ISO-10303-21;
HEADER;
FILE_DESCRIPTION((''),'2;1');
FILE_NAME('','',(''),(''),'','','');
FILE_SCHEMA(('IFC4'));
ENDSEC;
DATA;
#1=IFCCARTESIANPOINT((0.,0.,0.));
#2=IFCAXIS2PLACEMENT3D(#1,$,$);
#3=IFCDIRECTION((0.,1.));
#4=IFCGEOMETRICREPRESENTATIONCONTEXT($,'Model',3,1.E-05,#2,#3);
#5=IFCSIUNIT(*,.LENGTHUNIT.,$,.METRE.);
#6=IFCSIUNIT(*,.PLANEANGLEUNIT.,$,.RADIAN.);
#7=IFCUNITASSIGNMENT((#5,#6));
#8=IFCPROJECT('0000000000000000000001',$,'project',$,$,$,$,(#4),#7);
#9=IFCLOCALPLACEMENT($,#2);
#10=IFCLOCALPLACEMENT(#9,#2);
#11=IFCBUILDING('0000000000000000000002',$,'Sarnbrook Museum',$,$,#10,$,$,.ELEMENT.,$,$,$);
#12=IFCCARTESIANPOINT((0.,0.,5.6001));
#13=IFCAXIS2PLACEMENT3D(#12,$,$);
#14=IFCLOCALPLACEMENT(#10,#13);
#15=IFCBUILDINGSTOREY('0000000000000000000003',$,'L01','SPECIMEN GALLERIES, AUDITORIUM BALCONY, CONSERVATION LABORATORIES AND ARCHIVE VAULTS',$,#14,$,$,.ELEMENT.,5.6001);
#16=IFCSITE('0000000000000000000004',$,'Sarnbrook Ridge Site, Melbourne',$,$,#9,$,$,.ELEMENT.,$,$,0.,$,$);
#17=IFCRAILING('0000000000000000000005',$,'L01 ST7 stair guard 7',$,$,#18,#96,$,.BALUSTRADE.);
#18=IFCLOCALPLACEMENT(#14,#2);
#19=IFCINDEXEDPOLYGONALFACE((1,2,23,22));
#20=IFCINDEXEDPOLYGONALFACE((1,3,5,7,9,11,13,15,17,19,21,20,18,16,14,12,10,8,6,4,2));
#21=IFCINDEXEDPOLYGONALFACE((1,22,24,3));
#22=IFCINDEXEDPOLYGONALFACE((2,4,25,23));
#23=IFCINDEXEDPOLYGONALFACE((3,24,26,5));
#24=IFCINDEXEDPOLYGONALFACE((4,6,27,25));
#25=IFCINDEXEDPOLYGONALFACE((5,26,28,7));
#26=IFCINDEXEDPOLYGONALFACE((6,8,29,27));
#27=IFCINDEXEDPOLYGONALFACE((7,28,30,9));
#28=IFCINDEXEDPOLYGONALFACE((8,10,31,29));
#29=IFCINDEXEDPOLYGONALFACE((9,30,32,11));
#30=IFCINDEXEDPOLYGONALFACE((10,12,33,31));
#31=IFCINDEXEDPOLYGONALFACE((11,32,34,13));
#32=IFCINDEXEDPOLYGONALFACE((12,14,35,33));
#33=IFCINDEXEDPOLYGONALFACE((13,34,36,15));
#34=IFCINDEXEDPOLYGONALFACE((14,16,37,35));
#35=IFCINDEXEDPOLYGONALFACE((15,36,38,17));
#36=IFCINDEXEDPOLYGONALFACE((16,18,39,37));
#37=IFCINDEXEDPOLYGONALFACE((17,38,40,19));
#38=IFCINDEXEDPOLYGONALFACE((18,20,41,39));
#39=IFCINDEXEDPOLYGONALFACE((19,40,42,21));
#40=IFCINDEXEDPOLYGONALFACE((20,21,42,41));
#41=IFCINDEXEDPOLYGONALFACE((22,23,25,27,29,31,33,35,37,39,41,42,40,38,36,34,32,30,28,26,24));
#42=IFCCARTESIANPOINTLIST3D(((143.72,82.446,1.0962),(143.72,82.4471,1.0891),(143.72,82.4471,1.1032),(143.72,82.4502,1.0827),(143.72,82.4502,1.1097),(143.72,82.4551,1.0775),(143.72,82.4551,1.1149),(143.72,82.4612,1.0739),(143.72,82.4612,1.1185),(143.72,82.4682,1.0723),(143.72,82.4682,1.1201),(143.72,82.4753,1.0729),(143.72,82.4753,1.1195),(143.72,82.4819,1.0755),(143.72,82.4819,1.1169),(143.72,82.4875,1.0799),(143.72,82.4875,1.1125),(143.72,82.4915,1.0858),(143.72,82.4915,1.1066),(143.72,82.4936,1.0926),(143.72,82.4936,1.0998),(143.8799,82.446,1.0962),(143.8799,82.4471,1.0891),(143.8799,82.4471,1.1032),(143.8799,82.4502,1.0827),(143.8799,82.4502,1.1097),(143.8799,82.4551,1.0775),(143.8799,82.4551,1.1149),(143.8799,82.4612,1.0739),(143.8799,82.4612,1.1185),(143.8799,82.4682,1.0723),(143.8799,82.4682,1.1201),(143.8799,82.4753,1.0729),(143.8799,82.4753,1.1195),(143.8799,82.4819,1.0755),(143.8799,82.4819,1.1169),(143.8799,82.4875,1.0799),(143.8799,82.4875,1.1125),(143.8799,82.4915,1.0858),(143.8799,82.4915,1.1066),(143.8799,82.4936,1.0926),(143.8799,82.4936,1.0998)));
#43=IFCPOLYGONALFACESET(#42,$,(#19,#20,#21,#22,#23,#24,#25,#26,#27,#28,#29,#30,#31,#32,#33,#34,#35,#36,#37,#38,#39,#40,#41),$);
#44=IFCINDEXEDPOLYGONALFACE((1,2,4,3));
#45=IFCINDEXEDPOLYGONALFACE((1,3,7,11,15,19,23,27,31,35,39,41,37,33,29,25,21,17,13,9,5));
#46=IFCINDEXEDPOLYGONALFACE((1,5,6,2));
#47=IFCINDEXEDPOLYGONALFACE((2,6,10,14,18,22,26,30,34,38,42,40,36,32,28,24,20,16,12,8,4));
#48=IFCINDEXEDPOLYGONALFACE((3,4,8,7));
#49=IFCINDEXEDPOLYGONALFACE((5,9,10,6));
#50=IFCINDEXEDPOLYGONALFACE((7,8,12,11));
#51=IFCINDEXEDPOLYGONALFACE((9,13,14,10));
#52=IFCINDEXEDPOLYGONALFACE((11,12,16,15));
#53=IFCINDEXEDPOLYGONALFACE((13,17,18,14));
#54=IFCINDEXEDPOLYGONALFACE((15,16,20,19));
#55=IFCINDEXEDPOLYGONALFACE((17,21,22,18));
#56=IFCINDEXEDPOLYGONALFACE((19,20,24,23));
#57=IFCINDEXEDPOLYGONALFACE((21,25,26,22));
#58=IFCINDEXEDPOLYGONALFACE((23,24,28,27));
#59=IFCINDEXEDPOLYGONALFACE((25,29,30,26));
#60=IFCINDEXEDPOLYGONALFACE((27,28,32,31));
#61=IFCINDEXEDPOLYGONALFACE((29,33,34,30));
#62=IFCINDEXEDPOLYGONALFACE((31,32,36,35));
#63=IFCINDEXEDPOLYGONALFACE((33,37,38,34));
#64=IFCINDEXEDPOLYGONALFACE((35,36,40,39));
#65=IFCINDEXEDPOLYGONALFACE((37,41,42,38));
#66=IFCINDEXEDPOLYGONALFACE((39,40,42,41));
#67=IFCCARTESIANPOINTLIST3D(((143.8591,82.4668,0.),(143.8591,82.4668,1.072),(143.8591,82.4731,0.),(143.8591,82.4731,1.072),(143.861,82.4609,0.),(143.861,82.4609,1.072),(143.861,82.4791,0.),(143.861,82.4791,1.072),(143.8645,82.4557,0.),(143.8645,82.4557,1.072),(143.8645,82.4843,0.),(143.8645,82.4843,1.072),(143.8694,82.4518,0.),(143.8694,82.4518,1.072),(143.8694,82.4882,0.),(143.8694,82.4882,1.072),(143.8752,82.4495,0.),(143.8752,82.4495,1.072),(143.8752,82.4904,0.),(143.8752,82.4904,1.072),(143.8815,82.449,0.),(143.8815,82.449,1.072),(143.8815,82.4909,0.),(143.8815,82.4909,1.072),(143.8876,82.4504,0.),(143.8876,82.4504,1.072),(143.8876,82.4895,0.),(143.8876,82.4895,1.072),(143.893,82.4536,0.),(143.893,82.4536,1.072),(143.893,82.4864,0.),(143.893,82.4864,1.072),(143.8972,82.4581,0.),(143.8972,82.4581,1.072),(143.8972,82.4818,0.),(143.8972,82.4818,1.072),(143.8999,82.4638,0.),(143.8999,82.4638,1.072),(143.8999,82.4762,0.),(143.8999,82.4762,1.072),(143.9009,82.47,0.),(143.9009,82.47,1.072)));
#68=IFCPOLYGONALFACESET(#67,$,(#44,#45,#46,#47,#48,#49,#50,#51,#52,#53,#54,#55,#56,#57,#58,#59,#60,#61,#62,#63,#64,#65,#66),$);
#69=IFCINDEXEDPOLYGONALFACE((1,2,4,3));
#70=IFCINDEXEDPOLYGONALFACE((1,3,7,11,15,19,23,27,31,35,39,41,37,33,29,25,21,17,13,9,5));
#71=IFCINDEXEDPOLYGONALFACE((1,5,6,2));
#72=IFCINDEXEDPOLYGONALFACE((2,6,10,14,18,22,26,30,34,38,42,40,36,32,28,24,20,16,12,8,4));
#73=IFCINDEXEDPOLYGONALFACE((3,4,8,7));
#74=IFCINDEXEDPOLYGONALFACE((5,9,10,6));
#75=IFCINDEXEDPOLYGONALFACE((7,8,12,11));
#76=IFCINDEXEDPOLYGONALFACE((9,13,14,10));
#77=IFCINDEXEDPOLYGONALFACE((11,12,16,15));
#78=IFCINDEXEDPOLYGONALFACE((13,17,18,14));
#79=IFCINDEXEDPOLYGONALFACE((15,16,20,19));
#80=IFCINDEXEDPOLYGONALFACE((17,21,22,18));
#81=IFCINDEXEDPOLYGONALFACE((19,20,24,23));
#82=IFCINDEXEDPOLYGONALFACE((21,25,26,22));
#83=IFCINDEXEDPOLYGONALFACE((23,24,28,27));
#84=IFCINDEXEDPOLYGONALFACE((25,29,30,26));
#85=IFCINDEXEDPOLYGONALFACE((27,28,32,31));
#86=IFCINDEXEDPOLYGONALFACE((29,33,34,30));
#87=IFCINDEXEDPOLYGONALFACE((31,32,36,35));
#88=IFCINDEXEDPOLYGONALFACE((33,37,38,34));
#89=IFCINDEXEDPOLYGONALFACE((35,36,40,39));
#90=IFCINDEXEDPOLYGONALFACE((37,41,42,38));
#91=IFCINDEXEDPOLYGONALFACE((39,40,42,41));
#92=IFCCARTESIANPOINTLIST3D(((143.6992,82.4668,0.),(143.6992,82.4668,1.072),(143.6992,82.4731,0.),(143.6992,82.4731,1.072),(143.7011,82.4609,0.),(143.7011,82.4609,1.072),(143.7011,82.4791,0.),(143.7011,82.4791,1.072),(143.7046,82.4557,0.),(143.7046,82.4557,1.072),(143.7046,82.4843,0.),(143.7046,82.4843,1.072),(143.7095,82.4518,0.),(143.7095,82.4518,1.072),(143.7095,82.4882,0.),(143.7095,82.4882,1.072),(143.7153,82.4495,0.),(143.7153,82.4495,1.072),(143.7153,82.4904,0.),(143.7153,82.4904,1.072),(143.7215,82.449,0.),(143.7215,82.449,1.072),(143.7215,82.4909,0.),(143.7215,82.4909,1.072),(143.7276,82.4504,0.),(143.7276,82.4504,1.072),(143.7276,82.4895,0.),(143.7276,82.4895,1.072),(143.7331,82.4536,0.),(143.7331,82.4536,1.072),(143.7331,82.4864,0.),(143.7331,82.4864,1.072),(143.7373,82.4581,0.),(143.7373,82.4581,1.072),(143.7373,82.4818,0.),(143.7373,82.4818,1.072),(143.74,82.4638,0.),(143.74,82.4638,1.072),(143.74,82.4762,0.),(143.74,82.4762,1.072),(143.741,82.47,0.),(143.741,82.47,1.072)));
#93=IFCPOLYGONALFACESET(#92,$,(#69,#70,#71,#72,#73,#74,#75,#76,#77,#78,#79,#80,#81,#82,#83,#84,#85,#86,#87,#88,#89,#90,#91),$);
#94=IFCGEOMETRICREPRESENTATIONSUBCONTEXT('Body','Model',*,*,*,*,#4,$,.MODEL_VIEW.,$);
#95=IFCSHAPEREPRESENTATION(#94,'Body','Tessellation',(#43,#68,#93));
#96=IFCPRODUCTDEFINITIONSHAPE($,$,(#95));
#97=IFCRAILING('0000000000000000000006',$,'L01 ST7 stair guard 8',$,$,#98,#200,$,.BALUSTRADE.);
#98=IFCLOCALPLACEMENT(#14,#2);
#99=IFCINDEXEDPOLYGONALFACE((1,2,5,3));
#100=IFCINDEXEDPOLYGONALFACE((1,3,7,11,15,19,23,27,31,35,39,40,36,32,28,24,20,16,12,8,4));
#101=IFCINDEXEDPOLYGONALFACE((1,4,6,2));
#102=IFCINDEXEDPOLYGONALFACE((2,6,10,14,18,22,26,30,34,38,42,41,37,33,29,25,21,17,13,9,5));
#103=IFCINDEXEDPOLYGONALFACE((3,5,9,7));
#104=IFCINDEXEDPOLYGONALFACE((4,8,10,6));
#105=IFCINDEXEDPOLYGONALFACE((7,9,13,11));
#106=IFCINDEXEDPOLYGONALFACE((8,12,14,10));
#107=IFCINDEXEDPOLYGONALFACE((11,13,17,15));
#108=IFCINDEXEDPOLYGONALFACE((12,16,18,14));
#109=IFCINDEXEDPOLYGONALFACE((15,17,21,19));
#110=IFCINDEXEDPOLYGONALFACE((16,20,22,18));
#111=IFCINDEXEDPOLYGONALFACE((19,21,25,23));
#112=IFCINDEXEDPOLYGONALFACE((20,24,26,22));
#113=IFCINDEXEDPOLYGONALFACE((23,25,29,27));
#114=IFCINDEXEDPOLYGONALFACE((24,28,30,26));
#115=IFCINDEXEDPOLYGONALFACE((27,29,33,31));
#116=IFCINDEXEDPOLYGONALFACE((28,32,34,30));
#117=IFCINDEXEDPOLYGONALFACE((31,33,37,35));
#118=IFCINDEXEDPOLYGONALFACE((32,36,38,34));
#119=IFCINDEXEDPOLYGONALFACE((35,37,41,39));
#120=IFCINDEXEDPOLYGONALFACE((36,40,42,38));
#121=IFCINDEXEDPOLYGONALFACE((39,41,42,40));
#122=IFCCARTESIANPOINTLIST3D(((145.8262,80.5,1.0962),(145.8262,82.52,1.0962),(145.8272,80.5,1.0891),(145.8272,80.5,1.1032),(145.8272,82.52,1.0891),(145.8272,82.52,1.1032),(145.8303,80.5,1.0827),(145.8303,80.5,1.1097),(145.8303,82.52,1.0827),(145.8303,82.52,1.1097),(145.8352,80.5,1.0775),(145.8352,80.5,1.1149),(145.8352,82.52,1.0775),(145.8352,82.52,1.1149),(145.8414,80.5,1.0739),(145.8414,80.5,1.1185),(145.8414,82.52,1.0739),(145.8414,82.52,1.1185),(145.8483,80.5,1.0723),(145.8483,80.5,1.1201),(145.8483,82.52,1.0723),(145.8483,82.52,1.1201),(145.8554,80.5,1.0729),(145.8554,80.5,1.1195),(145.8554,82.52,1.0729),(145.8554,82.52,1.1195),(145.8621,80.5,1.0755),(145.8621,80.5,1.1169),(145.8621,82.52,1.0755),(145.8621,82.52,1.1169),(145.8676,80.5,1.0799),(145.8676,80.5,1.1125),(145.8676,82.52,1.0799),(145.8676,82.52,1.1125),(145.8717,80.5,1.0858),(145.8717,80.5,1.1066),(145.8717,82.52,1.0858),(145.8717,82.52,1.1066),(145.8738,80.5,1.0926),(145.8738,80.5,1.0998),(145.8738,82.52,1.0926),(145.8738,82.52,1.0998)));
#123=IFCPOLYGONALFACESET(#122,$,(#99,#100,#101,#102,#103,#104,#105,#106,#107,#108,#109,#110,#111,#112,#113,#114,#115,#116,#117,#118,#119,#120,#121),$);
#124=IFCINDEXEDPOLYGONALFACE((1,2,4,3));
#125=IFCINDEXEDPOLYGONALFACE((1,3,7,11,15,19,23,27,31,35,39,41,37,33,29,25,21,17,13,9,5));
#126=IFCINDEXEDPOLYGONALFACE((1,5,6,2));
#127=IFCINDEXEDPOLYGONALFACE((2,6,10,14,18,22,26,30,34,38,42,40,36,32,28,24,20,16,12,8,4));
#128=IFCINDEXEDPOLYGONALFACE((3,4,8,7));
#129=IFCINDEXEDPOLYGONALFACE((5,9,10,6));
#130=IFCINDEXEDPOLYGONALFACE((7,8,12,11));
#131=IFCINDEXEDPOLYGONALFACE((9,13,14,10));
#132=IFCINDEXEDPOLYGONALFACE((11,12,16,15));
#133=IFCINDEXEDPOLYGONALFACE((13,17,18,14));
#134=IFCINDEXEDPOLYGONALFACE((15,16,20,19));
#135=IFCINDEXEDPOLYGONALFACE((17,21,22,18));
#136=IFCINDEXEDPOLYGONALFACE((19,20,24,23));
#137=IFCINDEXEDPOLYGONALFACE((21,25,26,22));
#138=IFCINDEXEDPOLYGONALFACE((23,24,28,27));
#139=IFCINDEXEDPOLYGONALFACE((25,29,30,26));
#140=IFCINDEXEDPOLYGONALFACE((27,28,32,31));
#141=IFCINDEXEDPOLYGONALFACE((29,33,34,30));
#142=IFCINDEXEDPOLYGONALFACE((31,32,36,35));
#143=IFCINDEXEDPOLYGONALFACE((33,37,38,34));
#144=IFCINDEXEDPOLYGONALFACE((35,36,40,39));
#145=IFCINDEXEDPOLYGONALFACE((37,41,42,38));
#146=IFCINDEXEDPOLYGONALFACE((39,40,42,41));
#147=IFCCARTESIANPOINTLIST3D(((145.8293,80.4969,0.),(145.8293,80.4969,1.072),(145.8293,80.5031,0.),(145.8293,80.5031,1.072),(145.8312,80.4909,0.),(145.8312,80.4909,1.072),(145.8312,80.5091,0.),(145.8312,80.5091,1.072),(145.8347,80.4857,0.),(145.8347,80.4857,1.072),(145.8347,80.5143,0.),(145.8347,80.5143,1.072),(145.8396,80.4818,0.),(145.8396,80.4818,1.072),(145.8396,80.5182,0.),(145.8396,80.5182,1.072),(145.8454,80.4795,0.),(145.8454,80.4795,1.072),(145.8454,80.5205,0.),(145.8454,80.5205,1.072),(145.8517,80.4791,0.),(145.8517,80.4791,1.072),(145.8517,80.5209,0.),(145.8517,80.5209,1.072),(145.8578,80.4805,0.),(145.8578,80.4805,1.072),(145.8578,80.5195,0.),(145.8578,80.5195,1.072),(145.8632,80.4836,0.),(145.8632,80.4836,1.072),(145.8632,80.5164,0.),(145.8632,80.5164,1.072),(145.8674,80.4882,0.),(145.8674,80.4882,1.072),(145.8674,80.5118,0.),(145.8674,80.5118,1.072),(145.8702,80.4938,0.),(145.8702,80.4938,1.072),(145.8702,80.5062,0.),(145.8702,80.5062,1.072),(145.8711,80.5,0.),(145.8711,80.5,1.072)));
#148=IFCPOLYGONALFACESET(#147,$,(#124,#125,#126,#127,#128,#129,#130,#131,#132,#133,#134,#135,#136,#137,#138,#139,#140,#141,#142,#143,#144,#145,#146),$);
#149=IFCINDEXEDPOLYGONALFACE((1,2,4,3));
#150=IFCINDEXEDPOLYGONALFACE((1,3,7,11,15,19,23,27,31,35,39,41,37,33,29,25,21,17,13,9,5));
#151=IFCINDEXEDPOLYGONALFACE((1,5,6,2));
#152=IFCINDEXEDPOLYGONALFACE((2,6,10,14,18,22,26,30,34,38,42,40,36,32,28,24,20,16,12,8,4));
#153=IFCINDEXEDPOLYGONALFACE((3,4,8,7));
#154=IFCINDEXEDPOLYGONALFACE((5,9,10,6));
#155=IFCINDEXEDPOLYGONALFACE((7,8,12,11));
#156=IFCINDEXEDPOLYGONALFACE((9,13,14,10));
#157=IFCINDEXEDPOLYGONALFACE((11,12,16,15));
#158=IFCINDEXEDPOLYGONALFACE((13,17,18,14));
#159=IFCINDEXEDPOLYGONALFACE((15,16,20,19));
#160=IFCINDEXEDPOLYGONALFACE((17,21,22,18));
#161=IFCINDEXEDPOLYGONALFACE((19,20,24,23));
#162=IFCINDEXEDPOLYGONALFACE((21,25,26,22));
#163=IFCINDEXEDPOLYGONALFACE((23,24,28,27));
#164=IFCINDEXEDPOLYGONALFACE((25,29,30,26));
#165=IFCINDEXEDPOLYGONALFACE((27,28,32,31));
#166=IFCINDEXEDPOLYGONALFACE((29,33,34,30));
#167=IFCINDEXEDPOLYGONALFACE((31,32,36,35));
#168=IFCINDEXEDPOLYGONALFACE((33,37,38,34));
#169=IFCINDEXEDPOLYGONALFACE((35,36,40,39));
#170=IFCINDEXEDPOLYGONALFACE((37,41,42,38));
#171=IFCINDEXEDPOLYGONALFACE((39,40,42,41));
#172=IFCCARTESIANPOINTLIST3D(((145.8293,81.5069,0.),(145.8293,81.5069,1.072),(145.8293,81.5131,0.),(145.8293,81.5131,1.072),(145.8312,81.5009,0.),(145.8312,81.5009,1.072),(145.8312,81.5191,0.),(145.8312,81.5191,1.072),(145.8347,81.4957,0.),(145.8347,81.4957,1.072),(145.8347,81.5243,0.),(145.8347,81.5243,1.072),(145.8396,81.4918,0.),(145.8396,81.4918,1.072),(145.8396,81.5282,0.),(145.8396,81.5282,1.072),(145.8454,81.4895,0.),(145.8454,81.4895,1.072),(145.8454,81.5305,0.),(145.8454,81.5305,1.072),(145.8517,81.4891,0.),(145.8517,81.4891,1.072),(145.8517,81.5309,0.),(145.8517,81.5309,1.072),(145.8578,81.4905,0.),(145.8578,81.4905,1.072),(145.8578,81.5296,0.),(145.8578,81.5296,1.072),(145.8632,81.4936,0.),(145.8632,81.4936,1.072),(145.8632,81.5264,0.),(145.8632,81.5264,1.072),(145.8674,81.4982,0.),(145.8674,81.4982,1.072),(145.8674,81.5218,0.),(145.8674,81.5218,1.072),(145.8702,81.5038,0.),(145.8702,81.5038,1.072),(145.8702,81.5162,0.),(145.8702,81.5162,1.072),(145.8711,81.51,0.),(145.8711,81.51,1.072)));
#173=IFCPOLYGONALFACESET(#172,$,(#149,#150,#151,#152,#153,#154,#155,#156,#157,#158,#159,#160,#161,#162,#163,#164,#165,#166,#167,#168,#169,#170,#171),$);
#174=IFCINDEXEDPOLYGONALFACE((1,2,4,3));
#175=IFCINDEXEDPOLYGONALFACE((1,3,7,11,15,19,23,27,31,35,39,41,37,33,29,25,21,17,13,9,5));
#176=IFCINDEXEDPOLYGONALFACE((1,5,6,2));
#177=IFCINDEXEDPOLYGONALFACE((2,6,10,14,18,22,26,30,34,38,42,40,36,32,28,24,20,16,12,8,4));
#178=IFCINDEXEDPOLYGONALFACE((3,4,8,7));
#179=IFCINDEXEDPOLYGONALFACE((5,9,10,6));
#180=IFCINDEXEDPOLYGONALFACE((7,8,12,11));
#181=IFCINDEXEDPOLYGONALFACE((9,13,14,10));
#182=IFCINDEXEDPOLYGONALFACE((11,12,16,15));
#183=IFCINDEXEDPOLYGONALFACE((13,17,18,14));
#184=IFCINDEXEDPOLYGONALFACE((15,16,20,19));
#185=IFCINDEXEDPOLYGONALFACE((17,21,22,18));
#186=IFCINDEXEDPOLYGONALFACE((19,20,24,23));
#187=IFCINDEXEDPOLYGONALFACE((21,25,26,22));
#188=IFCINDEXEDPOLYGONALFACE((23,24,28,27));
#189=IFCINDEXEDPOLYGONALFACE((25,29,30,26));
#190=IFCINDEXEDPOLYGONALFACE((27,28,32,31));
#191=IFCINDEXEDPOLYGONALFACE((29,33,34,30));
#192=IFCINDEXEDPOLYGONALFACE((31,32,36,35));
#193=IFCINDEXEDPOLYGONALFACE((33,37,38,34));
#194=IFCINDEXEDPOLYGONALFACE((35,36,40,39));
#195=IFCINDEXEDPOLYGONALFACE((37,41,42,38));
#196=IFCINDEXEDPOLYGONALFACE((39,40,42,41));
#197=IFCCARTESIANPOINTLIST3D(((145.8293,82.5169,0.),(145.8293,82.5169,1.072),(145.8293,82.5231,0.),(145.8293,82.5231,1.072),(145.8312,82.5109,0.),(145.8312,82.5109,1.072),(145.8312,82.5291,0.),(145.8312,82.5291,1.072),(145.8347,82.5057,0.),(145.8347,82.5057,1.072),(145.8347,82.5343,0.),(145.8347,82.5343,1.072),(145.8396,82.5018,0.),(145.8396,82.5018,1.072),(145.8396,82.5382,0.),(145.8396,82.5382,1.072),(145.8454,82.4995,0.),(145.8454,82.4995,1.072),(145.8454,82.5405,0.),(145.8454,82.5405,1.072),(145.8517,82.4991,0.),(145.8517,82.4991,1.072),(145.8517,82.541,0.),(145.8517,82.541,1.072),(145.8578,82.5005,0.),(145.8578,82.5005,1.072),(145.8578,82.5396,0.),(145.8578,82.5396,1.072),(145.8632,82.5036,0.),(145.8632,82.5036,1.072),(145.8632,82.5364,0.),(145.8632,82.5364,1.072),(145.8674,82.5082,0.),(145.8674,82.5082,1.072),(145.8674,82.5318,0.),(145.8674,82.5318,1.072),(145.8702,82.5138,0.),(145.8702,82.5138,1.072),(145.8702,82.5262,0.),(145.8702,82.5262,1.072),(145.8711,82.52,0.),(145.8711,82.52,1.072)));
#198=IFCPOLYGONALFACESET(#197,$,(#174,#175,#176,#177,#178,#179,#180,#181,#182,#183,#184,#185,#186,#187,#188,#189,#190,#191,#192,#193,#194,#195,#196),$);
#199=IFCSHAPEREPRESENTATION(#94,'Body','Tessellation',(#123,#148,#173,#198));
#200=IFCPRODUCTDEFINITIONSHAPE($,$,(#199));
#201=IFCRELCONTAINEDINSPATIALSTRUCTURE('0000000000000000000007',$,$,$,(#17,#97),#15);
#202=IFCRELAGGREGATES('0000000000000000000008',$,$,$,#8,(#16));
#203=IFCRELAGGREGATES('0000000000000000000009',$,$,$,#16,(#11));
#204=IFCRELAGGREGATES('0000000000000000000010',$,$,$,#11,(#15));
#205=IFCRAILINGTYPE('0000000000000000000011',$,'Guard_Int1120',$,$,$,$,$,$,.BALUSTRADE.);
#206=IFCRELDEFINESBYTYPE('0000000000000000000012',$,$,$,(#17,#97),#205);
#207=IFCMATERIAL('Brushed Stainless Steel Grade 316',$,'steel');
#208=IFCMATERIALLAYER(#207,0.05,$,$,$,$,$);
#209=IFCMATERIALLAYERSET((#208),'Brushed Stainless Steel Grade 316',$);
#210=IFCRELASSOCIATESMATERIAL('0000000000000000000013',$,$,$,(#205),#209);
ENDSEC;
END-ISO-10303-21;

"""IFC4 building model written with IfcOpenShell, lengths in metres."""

from ifc_helpers import new_model, si_unit, direction, frame, origin, origin_2d, place, context, subcontext, project, spatial, circle, extrude, material, layer, layer_set, type_object, element, save


model = new_model("IFC4")

# Units and contexts
model_context = context("Model", 3, precision=1e-05, world=origin(), true_north=direction((0.0, 1.0)))
body_context = subcontext(model_context, "Body", "Model", "MODEL_VIEW")
ifc_project = project(units=[si_unit("LENGTHUNIT", "METRE"), si_unit("PLANEANGLEUNIT", "RADIAN")], contexts=[model_context])

# Site, building, storey
site_placement = place(None, origin())
site = spatial("IfcSite", under=ifc_project, at=site_placement, Name="Sarnbrook Ridge Site, Melbourne", CompositionType="ELEMENT", RefElevation=0.0)
building_placement = place(site_placement, origin())
building = spatial("IfcBuilding", under=site, at=building_placement, Name="Sarnbrook Museum", CompositionType="ELEMENT")
storey_placement = place(building_placement, frame((0.0, 0.0, 5.6001)))
storey = spatial("IfcBuildingStorey", under=building, at=storey_placement, Name="L01", Description="SPECIMEN GALLERIES, AUDITORIUM BALCONY, CONSERVATION LABORATORIES AND ARCHIVE VAULTS", CompositionType="ELEMENT", Elevation=5.6001)

# Railings
ifc_material_1 = material(Name="Brushed Stainless Steel Grade 316", Category="steel")
ifc_layer_1 = layer(ifc_material_1, 0.05)
ifc_layer_set_1 = layer_set([ifc_layer_1], Name="Brushed Stainless Steel Grade 316")
railing_type_1 = type_object("IfcRailingType", Name="Guard_Int1120", PredefinedType="BALUSTRADE", material=ifc_layer_set_1)
railing_1_placement = place(storey_placement, frame((143.8799, 82.47, 0.0)))
element("IfcRailing", 1, at=railing_1_placement, inside=storey, type_object=railing_type_1, Name="L01 ST7 stair guard 7", PredefinedType="BALUSTRADE", context=body_context, shape_type="SweptSolid", body=[
    extrude(circle(Radius=0.0239, at=origin_2d()), frame((0.0, 0.0, 1.0962), z_axis=(-1.0, 0.0, 0.0), x_axis=(0.0, -1.0, 0.0)), (0.0, 0.0, 1.0), 0.1599),
    extrude(circle(Radius=0.021, at=origin_2d()), origin(), (0.0, 0.0, 1.0), 1.072),
    extrude(circle(Radius=0.021, at=origin_2d()), frame((-0.1599, 0.0, 0.0)), (0.0, 0.0, 1.0), 1.072),
])
for number, where, name in (
    (2, (145.8501, 80.5, 0.0), "L01 ST7 stair guard 8"),
):
    element("IfcRailing", number, at=place(storey_placement, frame(where)), inside=storey, type_object=railing_type_1, Name=name, PredefinedType="BALUSTRADE", context=body_context, shape_type="SweptSolid", body=[
        extrude(circle(Radius=0.0239, at=origin_2d()), frame((0.0, 0.0, 1.0962), z_axis=(0.0, 1.0, 0.0), x_axis=(-1.0, 0.0, 0.0)), (0.0, 0.0, 1.0), 2.02),
        extrude(circle(Radius=0.021, at=origin_2d()), origin(), (0.0, 0.0, 1.0), 1.072),
        extrude(circle(Radius=0.021, at=origin_2d()), frame((0.0, 1.01, 0.0)), (0.0, 0.0, 1.0), 1.072),
        extrude(circle(Radius=0.021, at=origin_2d()), frame((0.0, 2.02, 0.0)), (0.0, 0.0, 1.0), 1.072),
    ])

save(model, "model.ifc")
